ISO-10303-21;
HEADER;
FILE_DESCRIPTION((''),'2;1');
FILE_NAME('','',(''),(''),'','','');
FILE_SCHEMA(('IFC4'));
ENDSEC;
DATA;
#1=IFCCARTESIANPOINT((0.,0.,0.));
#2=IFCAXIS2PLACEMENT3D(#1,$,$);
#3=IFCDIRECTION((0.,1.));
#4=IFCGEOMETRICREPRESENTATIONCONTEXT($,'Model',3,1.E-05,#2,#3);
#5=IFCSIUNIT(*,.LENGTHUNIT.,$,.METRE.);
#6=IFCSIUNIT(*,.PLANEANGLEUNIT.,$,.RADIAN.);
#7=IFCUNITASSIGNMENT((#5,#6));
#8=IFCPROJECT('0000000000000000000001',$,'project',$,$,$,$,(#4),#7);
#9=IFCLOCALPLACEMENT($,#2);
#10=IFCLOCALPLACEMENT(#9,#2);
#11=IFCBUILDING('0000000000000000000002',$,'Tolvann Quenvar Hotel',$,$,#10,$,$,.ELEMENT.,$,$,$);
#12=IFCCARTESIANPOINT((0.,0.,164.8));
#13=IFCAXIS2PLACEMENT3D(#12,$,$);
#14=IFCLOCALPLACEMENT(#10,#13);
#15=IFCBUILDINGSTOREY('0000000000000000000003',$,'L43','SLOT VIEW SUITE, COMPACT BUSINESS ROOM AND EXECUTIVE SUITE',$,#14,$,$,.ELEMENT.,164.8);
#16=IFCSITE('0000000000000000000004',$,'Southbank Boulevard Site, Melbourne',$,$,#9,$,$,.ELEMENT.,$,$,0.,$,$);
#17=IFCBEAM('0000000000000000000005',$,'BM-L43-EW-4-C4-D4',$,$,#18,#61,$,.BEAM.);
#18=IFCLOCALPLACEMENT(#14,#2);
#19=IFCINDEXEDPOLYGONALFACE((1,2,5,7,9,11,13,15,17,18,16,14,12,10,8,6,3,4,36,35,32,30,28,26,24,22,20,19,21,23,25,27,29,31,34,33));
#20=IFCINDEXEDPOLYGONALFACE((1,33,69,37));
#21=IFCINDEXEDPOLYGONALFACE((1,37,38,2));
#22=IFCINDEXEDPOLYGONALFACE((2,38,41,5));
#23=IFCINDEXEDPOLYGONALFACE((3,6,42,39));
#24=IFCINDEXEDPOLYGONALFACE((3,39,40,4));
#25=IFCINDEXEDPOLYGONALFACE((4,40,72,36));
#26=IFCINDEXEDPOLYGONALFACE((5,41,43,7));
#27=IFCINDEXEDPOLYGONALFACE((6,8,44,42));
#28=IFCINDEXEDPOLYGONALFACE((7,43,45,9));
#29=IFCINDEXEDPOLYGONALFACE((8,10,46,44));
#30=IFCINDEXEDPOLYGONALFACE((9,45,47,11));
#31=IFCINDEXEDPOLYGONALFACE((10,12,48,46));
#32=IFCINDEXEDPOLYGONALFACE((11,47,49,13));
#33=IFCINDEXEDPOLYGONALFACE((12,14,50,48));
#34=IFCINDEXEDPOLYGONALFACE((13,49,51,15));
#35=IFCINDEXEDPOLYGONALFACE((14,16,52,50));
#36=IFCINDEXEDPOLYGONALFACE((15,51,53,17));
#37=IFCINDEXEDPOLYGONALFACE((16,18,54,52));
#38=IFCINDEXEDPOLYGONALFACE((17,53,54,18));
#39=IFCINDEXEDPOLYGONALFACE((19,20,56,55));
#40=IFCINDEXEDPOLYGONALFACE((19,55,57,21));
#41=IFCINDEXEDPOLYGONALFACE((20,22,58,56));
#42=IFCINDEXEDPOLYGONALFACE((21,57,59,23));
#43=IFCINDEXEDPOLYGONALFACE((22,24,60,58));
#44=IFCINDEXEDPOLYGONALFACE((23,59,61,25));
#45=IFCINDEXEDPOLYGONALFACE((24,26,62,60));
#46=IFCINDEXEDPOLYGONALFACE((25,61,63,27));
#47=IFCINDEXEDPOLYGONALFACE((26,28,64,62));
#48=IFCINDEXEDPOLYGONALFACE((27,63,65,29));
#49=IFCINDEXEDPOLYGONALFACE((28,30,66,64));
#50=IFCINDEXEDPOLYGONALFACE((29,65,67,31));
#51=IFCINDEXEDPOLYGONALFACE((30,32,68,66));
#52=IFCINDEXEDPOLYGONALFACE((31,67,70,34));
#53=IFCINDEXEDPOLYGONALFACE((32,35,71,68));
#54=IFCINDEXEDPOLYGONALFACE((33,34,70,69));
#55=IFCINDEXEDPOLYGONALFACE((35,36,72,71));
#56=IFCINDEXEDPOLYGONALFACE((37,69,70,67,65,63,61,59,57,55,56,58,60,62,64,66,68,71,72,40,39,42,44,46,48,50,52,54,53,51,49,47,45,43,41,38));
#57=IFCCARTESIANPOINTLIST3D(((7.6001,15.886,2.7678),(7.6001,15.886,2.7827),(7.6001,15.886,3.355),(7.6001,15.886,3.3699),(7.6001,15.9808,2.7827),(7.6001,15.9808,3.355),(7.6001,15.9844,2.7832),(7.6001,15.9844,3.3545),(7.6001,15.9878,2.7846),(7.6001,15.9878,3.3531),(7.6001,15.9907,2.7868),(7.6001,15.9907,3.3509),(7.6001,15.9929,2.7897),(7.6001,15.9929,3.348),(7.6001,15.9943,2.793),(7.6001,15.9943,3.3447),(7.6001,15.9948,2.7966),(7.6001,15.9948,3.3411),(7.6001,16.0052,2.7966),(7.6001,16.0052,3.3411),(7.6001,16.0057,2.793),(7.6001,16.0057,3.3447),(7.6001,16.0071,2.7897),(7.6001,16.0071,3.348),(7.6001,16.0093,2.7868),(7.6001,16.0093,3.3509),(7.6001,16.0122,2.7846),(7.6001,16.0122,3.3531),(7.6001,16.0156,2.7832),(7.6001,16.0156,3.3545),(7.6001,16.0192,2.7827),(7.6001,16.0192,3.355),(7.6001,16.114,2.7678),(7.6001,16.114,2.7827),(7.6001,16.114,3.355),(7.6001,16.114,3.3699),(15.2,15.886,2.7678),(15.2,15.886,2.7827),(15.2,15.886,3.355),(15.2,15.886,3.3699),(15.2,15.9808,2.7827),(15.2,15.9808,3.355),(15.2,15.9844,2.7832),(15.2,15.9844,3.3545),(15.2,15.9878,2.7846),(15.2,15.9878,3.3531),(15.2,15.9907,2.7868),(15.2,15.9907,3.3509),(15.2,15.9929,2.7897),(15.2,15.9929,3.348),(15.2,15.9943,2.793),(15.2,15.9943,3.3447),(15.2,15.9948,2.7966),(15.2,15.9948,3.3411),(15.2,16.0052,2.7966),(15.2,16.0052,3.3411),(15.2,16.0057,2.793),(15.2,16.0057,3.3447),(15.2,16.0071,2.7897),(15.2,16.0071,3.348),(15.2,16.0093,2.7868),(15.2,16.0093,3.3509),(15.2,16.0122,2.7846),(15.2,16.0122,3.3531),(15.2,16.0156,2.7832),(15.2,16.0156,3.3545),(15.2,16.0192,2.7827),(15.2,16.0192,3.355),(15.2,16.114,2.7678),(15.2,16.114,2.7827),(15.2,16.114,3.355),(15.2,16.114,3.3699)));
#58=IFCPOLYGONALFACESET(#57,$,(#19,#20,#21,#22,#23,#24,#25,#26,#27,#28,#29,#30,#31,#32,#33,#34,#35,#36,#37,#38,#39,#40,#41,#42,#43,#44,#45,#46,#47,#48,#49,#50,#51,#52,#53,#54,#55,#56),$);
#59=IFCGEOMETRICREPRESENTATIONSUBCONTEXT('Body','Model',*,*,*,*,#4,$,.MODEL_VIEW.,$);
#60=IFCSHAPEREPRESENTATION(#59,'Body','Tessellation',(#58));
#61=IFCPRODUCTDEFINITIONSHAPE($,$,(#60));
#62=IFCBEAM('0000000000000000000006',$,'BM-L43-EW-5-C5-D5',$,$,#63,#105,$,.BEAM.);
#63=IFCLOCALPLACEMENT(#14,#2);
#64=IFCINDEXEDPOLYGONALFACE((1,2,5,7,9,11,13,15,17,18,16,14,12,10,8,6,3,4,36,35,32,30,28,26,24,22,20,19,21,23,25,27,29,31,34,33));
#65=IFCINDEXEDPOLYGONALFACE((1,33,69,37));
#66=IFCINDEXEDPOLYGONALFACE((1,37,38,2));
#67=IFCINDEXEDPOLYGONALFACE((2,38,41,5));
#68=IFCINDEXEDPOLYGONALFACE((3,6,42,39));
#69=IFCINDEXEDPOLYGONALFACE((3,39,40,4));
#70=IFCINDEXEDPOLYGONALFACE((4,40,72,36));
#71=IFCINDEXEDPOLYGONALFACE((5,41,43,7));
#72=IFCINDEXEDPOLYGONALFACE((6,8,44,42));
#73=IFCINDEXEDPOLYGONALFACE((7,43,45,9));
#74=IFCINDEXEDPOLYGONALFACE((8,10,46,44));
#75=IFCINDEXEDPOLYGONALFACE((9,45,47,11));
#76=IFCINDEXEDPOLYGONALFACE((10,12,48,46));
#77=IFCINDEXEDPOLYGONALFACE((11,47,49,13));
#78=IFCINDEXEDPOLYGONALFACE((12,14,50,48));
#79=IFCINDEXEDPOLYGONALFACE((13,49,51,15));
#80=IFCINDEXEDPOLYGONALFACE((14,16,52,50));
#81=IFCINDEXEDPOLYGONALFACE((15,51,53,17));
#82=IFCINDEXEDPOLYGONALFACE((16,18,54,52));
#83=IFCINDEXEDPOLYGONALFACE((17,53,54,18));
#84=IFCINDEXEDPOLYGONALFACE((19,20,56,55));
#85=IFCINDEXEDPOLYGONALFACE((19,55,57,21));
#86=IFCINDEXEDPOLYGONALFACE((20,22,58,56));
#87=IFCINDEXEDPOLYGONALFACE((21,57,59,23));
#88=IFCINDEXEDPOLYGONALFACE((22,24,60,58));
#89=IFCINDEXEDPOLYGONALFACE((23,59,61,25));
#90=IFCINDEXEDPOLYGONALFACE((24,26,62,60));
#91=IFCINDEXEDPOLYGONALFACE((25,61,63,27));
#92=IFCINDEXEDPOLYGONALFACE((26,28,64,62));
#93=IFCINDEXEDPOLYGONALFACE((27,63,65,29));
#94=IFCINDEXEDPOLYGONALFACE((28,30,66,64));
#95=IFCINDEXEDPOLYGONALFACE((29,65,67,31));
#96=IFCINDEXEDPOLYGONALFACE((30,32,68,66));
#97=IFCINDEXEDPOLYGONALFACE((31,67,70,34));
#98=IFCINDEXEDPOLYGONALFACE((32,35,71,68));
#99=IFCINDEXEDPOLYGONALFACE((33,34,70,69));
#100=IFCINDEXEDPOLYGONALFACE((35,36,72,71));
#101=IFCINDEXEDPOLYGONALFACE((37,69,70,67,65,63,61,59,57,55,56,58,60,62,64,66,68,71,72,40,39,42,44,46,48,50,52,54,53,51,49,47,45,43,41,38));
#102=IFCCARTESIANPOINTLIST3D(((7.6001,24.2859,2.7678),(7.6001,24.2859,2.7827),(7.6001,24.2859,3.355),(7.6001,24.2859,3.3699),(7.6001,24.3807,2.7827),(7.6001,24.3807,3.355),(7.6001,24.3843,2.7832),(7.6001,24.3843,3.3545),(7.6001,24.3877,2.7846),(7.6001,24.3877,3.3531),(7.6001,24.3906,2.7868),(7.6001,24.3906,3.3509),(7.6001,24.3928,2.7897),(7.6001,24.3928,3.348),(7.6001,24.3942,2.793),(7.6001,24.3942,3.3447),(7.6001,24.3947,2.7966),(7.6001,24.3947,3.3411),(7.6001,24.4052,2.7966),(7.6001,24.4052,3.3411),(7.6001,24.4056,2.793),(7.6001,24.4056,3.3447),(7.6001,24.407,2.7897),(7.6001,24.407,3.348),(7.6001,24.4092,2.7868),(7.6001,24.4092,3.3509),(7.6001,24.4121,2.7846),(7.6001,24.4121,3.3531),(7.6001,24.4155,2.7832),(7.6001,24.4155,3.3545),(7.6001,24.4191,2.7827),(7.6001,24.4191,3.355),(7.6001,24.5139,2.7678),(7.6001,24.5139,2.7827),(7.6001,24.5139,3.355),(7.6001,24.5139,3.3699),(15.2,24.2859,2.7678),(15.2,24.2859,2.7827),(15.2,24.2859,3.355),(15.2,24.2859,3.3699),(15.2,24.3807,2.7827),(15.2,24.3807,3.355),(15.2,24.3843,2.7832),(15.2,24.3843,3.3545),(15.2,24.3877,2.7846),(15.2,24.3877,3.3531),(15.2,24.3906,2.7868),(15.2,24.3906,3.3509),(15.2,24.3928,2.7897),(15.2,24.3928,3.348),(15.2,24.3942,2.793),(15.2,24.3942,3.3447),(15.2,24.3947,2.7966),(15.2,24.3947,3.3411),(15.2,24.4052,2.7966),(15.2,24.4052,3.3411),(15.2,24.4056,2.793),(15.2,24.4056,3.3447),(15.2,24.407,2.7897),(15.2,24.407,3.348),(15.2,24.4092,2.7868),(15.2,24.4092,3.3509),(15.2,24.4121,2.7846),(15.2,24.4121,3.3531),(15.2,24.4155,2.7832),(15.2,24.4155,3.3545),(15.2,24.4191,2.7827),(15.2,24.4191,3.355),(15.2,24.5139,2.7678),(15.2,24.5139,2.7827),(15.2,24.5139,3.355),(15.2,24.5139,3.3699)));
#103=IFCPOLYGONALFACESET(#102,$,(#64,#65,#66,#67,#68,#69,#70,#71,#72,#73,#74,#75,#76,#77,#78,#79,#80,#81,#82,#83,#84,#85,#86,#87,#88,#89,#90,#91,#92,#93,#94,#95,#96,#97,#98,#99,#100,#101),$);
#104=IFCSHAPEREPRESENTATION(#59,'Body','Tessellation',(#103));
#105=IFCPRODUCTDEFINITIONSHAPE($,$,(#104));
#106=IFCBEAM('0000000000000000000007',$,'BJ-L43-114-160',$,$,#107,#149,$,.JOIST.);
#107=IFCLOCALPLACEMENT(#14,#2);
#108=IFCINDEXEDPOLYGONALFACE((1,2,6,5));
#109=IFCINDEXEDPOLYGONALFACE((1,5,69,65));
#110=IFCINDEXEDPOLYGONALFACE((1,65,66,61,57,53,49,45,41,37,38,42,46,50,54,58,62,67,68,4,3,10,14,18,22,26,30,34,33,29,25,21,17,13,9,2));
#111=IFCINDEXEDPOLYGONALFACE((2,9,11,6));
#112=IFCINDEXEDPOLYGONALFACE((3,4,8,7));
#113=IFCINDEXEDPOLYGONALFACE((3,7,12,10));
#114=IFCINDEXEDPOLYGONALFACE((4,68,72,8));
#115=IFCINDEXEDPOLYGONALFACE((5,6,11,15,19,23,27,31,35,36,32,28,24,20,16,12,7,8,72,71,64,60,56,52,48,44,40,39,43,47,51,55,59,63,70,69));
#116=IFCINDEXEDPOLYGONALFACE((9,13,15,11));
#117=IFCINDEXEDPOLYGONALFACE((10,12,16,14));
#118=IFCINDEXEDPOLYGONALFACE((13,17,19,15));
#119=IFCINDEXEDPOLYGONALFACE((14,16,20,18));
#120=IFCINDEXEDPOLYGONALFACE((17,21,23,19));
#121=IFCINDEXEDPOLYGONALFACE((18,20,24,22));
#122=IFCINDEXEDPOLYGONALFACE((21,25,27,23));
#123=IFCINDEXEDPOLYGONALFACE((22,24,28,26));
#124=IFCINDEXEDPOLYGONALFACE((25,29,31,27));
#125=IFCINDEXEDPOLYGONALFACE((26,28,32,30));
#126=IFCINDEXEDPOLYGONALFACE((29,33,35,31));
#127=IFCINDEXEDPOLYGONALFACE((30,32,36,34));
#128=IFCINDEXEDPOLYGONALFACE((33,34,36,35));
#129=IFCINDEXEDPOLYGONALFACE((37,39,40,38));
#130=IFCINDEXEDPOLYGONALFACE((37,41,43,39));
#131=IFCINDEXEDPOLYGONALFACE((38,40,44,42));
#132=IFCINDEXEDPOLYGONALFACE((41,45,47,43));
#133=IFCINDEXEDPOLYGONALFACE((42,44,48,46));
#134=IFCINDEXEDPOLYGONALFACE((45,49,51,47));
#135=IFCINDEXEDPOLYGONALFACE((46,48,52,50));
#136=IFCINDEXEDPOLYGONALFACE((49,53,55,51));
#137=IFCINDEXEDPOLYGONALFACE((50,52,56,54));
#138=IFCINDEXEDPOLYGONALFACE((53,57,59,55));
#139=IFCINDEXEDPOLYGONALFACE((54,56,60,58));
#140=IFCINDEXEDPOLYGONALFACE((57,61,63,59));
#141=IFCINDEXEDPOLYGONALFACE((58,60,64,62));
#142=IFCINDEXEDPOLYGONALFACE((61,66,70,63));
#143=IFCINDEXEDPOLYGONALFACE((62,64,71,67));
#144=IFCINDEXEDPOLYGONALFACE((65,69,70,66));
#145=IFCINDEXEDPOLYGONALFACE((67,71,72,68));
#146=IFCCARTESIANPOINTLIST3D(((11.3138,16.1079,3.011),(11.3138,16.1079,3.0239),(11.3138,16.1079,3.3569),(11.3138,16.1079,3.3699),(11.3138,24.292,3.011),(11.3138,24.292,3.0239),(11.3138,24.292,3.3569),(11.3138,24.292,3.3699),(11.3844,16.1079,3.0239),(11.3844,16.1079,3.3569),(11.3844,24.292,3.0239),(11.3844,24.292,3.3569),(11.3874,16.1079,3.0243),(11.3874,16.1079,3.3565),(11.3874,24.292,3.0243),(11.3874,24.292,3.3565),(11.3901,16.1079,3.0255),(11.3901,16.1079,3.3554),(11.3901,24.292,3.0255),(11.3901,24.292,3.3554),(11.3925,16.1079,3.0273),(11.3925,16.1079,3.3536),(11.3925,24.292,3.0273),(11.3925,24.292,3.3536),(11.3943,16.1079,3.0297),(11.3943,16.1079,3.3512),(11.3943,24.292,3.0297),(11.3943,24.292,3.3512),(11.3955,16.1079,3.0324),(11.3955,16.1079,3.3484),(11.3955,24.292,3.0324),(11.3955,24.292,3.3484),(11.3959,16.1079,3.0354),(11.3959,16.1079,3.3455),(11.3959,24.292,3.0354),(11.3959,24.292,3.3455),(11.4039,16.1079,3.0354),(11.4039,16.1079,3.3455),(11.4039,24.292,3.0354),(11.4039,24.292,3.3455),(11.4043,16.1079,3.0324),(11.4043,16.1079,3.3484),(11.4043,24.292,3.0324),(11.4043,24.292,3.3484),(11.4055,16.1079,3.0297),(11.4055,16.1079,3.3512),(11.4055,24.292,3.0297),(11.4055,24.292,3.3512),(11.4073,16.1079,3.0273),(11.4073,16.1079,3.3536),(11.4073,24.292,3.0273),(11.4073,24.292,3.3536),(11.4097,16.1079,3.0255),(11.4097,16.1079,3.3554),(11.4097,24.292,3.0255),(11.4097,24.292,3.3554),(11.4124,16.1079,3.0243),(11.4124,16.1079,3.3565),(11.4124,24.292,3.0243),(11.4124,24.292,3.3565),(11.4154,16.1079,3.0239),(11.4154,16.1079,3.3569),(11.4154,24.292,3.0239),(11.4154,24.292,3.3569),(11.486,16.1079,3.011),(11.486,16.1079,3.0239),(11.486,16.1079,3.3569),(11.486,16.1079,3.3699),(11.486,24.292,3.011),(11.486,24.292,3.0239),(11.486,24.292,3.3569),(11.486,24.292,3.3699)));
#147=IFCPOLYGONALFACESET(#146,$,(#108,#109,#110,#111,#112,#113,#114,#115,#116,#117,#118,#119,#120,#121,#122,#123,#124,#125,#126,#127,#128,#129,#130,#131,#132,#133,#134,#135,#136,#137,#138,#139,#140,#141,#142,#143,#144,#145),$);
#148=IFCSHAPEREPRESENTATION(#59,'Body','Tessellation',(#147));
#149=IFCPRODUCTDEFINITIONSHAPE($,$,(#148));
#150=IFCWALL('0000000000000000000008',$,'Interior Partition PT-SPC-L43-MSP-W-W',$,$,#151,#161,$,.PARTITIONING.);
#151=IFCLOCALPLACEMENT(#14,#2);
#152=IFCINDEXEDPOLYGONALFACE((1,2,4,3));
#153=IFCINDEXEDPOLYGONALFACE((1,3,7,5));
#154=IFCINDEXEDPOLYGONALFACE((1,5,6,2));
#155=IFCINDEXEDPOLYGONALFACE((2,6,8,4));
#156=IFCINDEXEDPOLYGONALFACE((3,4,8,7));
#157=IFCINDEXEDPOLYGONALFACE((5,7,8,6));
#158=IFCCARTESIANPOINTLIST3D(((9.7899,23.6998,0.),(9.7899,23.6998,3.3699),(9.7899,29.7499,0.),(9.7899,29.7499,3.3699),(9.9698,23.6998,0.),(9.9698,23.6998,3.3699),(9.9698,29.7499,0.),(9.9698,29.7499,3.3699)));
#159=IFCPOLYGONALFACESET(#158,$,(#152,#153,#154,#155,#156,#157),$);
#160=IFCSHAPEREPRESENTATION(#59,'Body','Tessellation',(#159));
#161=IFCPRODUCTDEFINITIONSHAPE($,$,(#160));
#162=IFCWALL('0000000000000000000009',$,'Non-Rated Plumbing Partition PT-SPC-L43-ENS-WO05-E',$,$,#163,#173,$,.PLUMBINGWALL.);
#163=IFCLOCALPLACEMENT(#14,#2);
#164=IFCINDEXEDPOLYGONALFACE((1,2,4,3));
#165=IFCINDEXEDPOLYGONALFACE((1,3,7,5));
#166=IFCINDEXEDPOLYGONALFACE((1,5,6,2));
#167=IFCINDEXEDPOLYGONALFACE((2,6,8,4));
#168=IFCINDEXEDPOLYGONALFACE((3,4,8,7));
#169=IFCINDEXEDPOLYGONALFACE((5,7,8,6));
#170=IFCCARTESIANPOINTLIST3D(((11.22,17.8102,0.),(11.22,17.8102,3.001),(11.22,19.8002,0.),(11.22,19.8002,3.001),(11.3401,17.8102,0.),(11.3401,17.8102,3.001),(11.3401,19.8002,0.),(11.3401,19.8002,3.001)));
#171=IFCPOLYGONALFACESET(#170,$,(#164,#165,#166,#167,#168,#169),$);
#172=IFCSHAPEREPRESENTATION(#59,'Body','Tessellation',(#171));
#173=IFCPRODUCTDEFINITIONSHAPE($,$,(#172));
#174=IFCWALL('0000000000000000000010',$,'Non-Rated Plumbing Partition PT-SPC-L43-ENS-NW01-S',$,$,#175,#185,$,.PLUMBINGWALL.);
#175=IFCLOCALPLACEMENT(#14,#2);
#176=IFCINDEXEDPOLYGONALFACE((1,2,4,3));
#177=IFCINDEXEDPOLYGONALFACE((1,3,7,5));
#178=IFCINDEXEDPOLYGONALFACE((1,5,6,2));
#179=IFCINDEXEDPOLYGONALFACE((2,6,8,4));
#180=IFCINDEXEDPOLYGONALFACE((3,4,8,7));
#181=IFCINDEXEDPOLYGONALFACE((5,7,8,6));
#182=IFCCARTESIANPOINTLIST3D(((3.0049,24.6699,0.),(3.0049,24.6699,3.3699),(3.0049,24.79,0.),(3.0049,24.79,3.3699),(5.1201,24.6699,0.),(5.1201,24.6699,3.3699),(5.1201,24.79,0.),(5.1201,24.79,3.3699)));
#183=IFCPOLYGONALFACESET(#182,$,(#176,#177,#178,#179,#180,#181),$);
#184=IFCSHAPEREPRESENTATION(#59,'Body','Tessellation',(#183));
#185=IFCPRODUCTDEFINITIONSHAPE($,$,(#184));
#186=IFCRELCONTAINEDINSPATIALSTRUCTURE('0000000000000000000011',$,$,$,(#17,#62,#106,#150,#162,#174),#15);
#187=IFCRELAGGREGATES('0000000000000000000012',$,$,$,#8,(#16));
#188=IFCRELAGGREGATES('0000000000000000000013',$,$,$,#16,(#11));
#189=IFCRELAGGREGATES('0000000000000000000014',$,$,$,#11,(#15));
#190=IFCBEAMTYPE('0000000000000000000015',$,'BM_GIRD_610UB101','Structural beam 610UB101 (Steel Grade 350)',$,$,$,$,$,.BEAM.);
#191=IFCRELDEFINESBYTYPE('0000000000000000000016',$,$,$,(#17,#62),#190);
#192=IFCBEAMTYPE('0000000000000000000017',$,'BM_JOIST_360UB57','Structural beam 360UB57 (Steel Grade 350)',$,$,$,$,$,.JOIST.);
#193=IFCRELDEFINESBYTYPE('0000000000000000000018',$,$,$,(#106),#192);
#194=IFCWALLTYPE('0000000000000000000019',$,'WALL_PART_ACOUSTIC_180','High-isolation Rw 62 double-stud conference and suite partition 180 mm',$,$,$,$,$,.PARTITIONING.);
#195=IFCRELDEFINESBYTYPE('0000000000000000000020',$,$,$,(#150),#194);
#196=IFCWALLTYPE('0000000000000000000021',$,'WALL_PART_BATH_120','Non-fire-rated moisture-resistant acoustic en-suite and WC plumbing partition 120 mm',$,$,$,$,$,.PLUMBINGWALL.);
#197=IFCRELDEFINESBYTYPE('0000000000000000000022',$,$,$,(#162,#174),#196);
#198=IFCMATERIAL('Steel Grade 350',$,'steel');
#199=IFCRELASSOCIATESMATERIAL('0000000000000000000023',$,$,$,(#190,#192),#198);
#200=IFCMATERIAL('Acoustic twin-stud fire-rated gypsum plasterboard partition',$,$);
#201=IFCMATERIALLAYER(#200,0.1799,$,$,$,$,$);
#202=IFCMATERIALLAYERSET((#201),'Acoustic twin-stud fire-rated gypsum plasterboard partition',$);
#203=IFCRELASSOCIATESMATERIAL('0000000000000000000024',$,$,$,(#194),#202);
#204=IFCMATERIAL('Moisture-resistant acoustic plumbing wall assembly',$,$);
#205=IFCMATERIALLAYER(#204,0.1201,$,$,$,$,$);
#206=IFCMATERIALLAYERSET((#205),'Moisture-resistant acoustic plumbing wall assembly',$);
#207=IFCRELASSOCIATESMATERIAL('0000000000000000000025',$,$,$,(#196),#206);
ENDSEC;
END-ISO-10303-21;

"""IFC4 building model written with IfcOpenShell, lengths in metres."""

from ifc_helpers import new_model, si_unit, direction, frame, frame_2d, origin, origin_2d, place, context, subcontext, project, spatial, rectangle, i_section, extrude, source, transform, mapped, material, layer, layer_set, material_profile, profile_set, type_object, type_shapes, element, save


model = new_model("IFC4")

# Units and contexts
model_context = context("Model", 3, precision=1e-05, world=origin(), true_north=direction((0.0, 1.0)))
body_context = subcontext(model_context, "Body", "Model", "MODEL_VIEW")
ifc_project = project(units=[si_unit("LENGTHUNIT", "METRE"), si_unit("PLANEANGLEUNIT", "RADIAN")], contexts=[model_context])

# Site, building, storey
site_placement = place(None, origin())
site = spatial("IfcSite", under=ifc_project, at=site_placement, Name="Southbank Boulevard Site, Melbourne", CompositionType="ELEMENT", RefElevation=0.0)
building_placement = place(site_placement, origin())
building = spatial("IfcBuilding", under=site, at=building_placement, Name="Tolvann Quenvar Hotel", CompositionType="ELEMENT")
storey_placement = place(building_placement, frame((0.0, 0.0, 164.8)))
storey = spatial("IfcBuildingStorey", under=building, at=storey_placement, Name="L43", Description="SLOT VIEW SUITE, COMPACT BUSINESS ROOM AND EXECUTIVE SUITE", CompositionType="ELEMENT", Elevation=164.8)

# Shared definitions
ifc_material_1 = material(Name="Steel Grade 350", Category="steel")

# Beams
ifc_material_profile_1 = material_profile(ifc_material_1, i_section(OverallWidth=0.228, OverallDepth=0.6021, WebThickness=0.0105, FlangeThickness=0.0149, FilletRadius=0.0139, at=origin_2d()), Name="610UB101")
ifc_profile_set_1 = profile_set([ifc_material_profile_1], Name="Steel Grade 350")
beam_type_1 = type_object("IfcBeamType", Name="BM_GIRD_610UB101", Description="Structural beam 610UB101 (Steel Grade 350)", PredefinedType="BEAM", material=ifc_profile_set_1)
shared_shape_1 = source(origin(), body_context, "Body", "SweptSolid", [
    extrude(i_section(OverallWidth=0.228, OverallDepth=0.6021, WebThickness=0.0105, FlangeThickness=0.0149, FilletRadius=0.0139, at=origin_2d()), origin(), (0.0, 0.0, 1.0), 7.5999),
])
for number, where, z_axis, x_axis, name in (
    (1, (7.6001, 16.0, 3.0688), (1.0, 0.0, 0.0), (0.0, 1.0, 0.0), "BM-L43-EW-4-C4-D4"),
    (2, (7.6001, 24.3999, 3.0688), (1.0, 0.0, 0.0), (0.0, 1.0, 0.0), "BM-L43-EW-5-C5-D5"),
):
    element("IfcBeam", number, at=place(storey_placement, frame(where, z_axis=z_axis, x_axis=x_axis)), inside=storey, type_object=beam_type_1, Name=name, PredefinedType="BEAM", context=body_context, shape_type="MappedRepresentation", body=[
        mapped(shared_shape_1, transform((0.0, 0.0, 0.0), x_axis=(1.0, 0.0, 0.0), y_axis=(0.0, 1.0, 0.0), z_axis=(0.0, 0.0, 1.0), scale=1.0)),
    ])
ifc_material_profile_2 = material_profile(ifc_material_1, i_section(OverallWidth=0.1721, OverallDepth=0.3589, WebThickness=0.0081, FlangeThickness=0.0129, FilletRadius=0.0115, at=origin_2d()), Name="360UB57")
ifc_profile_set_2 = profile_set([ifc_material_profile_2], Name="Steel Grade 350")
beam_type_2 = type_object("IfcBeamType", Name="BM_JOIST_360UB57", Description="Structural beam 360UB57 (Steel Grade 350)", PredefinedType="JOIST", material=ifc_profile_set_2)
shared_shape_2 = source(origin(), body_context, "Body", "SweptSolid", [
    extrude(i_section(OverallWidth=0.1721, OverallDepth=0.3589, WebThickness=0.0081, FlangeThickness=0.0129, FilletRadius=0.0115, at=origin_2d()), origin(), (0.0, 0.0, 1.0), 8.1841),
])
type_shapes(beam_type_2, [shared_shape_2])
beam_1_placement = place(storey_placement, frame((11.3999, 16.1079, 3.1904), z_axis=(0.0, 1.0, 0.0), x_axis=(-1.0, 0.0, 0.0)))
element("IfcBeam", 3, at=beam_1_placement, inside=storey, type_object=beam_type_2, Name="BJ-L43-114-160", PredefinedType="JOIST", context=body_context, shape_type="MappedRepresentation", body=[
    mapped(shared_shape_2, transform((0.0, 0.0, 0.0), x_axis=(1.0, 0.0, 0.0), y_axis=(0.0, 1.0, 0.0), z_axis=(0.0, 0.0, 1.0), scale=1.0)),
])

# Shared definitions
ifc_material_2 = material(Name="Acoustic twin-stud fire-rated gypsum plasterboard partition")
ifc_layer_1 = layer(ifc_material_2, 0.1799)
ifc_layer_set_1 = layer_set([ifc_layer_1], Name="Acoustic twin-stud fire-rated gypsum plasterboard partition")
wall_type_1 = type_object("IfcWallType", Name="WALL_PART_ACOUSTIC_180", Description="High-isolation Rw 62 double-stud conference and suite partition 180 mm", PredefinedType="PARTITIONING", material=ifc_layer_set_1)

# Walls
wall_1_placement = place(storey_placement, frame((9.8799, 23.7, 0.0), z_axis=(0.0, 0.0, 1.0), x_axis=(0.0, 1.0, 0.0)))
element("IfcWall", 4, at=wall_1_placement, inside=storey, type_object=wall_type_1, Name="Interior Partition PT-SPC-L43-MSP-W-W", PredefinedType="PARTITIONING", context=body_context, shape_type="SweptSolid", body=[
    extrude(rectangle(XDim=6.05, YDim=0.1799, at=frame_2d((3.0249, 0.0))), origin(), (0.0, 0.0, 1.0), 3.3699),
])
ifc_material_3 = material(Name="Moisture-resistant acoustic plumbing wall assembly")
ifc_layer_2 = layer(ifc_material_3, 0.1201)
ifc_layer_set_2 = layer_set([ifc_layer_2], Name="Moisture-resistant acoustic plumbing wall assembly")
wall_type_2 = type_object("IfcWallType", Name="WALL_PART_BATH_120", Description="Non-fire-rated moisture-resistant acoustic en-suite and WC plumbing partition 120 mm", PredefinedType="PLUMBINGWALL", material=ifc_layer_set_2)
wall_2_placement = place(storey_placement, frame((11.28, 17.8101, 0.0), z_axis=(0.0, 0.0, 1.0), x_axis=(0.0, 1.0, 0.0)))
element("IfcWall", 5, at=wall_2_placement, inside=storey, type_object=wall_type_2, Name="Non-Rated Plumbing Partition PT-SPC-L43-ENS-WO05-E", PredefinedType="PLUMBINGWALL", context=body_context, shape_type="SweptSolid", body=[
    extrude(rectangle(XDim=1.99, YDim=0.1201, at=frame_2d((0.9951, 0.0))), origin(), (0.0, 0.0, 1.0), 3.001),
])
wall_3_placement = place(storey_placement, frame((3.0049, 24.73, 0.0), z_axis=(0.0, 0.0, 1.0), x_axis=(1.0, 0.0, 0.0)))
element("IfcWall", 6, at=wall_3_placement, inside=storey, type_object=wall_type_2, Name="Non-Rated Plumbing Partition PT-SPC-L43-ENS-NW01-S", PredefinedType="PLUMBINGWALL", context=body_context, shape_type="SweptSolid", body=[
    extrude(rectangle(XDim=2.1152, YDim=0.1201, at=frame_2d((1.0576, 0.0))), origin(), (0.0, 0.0, 1.0), 3.3699),
])

save(model, "model.ifc")
